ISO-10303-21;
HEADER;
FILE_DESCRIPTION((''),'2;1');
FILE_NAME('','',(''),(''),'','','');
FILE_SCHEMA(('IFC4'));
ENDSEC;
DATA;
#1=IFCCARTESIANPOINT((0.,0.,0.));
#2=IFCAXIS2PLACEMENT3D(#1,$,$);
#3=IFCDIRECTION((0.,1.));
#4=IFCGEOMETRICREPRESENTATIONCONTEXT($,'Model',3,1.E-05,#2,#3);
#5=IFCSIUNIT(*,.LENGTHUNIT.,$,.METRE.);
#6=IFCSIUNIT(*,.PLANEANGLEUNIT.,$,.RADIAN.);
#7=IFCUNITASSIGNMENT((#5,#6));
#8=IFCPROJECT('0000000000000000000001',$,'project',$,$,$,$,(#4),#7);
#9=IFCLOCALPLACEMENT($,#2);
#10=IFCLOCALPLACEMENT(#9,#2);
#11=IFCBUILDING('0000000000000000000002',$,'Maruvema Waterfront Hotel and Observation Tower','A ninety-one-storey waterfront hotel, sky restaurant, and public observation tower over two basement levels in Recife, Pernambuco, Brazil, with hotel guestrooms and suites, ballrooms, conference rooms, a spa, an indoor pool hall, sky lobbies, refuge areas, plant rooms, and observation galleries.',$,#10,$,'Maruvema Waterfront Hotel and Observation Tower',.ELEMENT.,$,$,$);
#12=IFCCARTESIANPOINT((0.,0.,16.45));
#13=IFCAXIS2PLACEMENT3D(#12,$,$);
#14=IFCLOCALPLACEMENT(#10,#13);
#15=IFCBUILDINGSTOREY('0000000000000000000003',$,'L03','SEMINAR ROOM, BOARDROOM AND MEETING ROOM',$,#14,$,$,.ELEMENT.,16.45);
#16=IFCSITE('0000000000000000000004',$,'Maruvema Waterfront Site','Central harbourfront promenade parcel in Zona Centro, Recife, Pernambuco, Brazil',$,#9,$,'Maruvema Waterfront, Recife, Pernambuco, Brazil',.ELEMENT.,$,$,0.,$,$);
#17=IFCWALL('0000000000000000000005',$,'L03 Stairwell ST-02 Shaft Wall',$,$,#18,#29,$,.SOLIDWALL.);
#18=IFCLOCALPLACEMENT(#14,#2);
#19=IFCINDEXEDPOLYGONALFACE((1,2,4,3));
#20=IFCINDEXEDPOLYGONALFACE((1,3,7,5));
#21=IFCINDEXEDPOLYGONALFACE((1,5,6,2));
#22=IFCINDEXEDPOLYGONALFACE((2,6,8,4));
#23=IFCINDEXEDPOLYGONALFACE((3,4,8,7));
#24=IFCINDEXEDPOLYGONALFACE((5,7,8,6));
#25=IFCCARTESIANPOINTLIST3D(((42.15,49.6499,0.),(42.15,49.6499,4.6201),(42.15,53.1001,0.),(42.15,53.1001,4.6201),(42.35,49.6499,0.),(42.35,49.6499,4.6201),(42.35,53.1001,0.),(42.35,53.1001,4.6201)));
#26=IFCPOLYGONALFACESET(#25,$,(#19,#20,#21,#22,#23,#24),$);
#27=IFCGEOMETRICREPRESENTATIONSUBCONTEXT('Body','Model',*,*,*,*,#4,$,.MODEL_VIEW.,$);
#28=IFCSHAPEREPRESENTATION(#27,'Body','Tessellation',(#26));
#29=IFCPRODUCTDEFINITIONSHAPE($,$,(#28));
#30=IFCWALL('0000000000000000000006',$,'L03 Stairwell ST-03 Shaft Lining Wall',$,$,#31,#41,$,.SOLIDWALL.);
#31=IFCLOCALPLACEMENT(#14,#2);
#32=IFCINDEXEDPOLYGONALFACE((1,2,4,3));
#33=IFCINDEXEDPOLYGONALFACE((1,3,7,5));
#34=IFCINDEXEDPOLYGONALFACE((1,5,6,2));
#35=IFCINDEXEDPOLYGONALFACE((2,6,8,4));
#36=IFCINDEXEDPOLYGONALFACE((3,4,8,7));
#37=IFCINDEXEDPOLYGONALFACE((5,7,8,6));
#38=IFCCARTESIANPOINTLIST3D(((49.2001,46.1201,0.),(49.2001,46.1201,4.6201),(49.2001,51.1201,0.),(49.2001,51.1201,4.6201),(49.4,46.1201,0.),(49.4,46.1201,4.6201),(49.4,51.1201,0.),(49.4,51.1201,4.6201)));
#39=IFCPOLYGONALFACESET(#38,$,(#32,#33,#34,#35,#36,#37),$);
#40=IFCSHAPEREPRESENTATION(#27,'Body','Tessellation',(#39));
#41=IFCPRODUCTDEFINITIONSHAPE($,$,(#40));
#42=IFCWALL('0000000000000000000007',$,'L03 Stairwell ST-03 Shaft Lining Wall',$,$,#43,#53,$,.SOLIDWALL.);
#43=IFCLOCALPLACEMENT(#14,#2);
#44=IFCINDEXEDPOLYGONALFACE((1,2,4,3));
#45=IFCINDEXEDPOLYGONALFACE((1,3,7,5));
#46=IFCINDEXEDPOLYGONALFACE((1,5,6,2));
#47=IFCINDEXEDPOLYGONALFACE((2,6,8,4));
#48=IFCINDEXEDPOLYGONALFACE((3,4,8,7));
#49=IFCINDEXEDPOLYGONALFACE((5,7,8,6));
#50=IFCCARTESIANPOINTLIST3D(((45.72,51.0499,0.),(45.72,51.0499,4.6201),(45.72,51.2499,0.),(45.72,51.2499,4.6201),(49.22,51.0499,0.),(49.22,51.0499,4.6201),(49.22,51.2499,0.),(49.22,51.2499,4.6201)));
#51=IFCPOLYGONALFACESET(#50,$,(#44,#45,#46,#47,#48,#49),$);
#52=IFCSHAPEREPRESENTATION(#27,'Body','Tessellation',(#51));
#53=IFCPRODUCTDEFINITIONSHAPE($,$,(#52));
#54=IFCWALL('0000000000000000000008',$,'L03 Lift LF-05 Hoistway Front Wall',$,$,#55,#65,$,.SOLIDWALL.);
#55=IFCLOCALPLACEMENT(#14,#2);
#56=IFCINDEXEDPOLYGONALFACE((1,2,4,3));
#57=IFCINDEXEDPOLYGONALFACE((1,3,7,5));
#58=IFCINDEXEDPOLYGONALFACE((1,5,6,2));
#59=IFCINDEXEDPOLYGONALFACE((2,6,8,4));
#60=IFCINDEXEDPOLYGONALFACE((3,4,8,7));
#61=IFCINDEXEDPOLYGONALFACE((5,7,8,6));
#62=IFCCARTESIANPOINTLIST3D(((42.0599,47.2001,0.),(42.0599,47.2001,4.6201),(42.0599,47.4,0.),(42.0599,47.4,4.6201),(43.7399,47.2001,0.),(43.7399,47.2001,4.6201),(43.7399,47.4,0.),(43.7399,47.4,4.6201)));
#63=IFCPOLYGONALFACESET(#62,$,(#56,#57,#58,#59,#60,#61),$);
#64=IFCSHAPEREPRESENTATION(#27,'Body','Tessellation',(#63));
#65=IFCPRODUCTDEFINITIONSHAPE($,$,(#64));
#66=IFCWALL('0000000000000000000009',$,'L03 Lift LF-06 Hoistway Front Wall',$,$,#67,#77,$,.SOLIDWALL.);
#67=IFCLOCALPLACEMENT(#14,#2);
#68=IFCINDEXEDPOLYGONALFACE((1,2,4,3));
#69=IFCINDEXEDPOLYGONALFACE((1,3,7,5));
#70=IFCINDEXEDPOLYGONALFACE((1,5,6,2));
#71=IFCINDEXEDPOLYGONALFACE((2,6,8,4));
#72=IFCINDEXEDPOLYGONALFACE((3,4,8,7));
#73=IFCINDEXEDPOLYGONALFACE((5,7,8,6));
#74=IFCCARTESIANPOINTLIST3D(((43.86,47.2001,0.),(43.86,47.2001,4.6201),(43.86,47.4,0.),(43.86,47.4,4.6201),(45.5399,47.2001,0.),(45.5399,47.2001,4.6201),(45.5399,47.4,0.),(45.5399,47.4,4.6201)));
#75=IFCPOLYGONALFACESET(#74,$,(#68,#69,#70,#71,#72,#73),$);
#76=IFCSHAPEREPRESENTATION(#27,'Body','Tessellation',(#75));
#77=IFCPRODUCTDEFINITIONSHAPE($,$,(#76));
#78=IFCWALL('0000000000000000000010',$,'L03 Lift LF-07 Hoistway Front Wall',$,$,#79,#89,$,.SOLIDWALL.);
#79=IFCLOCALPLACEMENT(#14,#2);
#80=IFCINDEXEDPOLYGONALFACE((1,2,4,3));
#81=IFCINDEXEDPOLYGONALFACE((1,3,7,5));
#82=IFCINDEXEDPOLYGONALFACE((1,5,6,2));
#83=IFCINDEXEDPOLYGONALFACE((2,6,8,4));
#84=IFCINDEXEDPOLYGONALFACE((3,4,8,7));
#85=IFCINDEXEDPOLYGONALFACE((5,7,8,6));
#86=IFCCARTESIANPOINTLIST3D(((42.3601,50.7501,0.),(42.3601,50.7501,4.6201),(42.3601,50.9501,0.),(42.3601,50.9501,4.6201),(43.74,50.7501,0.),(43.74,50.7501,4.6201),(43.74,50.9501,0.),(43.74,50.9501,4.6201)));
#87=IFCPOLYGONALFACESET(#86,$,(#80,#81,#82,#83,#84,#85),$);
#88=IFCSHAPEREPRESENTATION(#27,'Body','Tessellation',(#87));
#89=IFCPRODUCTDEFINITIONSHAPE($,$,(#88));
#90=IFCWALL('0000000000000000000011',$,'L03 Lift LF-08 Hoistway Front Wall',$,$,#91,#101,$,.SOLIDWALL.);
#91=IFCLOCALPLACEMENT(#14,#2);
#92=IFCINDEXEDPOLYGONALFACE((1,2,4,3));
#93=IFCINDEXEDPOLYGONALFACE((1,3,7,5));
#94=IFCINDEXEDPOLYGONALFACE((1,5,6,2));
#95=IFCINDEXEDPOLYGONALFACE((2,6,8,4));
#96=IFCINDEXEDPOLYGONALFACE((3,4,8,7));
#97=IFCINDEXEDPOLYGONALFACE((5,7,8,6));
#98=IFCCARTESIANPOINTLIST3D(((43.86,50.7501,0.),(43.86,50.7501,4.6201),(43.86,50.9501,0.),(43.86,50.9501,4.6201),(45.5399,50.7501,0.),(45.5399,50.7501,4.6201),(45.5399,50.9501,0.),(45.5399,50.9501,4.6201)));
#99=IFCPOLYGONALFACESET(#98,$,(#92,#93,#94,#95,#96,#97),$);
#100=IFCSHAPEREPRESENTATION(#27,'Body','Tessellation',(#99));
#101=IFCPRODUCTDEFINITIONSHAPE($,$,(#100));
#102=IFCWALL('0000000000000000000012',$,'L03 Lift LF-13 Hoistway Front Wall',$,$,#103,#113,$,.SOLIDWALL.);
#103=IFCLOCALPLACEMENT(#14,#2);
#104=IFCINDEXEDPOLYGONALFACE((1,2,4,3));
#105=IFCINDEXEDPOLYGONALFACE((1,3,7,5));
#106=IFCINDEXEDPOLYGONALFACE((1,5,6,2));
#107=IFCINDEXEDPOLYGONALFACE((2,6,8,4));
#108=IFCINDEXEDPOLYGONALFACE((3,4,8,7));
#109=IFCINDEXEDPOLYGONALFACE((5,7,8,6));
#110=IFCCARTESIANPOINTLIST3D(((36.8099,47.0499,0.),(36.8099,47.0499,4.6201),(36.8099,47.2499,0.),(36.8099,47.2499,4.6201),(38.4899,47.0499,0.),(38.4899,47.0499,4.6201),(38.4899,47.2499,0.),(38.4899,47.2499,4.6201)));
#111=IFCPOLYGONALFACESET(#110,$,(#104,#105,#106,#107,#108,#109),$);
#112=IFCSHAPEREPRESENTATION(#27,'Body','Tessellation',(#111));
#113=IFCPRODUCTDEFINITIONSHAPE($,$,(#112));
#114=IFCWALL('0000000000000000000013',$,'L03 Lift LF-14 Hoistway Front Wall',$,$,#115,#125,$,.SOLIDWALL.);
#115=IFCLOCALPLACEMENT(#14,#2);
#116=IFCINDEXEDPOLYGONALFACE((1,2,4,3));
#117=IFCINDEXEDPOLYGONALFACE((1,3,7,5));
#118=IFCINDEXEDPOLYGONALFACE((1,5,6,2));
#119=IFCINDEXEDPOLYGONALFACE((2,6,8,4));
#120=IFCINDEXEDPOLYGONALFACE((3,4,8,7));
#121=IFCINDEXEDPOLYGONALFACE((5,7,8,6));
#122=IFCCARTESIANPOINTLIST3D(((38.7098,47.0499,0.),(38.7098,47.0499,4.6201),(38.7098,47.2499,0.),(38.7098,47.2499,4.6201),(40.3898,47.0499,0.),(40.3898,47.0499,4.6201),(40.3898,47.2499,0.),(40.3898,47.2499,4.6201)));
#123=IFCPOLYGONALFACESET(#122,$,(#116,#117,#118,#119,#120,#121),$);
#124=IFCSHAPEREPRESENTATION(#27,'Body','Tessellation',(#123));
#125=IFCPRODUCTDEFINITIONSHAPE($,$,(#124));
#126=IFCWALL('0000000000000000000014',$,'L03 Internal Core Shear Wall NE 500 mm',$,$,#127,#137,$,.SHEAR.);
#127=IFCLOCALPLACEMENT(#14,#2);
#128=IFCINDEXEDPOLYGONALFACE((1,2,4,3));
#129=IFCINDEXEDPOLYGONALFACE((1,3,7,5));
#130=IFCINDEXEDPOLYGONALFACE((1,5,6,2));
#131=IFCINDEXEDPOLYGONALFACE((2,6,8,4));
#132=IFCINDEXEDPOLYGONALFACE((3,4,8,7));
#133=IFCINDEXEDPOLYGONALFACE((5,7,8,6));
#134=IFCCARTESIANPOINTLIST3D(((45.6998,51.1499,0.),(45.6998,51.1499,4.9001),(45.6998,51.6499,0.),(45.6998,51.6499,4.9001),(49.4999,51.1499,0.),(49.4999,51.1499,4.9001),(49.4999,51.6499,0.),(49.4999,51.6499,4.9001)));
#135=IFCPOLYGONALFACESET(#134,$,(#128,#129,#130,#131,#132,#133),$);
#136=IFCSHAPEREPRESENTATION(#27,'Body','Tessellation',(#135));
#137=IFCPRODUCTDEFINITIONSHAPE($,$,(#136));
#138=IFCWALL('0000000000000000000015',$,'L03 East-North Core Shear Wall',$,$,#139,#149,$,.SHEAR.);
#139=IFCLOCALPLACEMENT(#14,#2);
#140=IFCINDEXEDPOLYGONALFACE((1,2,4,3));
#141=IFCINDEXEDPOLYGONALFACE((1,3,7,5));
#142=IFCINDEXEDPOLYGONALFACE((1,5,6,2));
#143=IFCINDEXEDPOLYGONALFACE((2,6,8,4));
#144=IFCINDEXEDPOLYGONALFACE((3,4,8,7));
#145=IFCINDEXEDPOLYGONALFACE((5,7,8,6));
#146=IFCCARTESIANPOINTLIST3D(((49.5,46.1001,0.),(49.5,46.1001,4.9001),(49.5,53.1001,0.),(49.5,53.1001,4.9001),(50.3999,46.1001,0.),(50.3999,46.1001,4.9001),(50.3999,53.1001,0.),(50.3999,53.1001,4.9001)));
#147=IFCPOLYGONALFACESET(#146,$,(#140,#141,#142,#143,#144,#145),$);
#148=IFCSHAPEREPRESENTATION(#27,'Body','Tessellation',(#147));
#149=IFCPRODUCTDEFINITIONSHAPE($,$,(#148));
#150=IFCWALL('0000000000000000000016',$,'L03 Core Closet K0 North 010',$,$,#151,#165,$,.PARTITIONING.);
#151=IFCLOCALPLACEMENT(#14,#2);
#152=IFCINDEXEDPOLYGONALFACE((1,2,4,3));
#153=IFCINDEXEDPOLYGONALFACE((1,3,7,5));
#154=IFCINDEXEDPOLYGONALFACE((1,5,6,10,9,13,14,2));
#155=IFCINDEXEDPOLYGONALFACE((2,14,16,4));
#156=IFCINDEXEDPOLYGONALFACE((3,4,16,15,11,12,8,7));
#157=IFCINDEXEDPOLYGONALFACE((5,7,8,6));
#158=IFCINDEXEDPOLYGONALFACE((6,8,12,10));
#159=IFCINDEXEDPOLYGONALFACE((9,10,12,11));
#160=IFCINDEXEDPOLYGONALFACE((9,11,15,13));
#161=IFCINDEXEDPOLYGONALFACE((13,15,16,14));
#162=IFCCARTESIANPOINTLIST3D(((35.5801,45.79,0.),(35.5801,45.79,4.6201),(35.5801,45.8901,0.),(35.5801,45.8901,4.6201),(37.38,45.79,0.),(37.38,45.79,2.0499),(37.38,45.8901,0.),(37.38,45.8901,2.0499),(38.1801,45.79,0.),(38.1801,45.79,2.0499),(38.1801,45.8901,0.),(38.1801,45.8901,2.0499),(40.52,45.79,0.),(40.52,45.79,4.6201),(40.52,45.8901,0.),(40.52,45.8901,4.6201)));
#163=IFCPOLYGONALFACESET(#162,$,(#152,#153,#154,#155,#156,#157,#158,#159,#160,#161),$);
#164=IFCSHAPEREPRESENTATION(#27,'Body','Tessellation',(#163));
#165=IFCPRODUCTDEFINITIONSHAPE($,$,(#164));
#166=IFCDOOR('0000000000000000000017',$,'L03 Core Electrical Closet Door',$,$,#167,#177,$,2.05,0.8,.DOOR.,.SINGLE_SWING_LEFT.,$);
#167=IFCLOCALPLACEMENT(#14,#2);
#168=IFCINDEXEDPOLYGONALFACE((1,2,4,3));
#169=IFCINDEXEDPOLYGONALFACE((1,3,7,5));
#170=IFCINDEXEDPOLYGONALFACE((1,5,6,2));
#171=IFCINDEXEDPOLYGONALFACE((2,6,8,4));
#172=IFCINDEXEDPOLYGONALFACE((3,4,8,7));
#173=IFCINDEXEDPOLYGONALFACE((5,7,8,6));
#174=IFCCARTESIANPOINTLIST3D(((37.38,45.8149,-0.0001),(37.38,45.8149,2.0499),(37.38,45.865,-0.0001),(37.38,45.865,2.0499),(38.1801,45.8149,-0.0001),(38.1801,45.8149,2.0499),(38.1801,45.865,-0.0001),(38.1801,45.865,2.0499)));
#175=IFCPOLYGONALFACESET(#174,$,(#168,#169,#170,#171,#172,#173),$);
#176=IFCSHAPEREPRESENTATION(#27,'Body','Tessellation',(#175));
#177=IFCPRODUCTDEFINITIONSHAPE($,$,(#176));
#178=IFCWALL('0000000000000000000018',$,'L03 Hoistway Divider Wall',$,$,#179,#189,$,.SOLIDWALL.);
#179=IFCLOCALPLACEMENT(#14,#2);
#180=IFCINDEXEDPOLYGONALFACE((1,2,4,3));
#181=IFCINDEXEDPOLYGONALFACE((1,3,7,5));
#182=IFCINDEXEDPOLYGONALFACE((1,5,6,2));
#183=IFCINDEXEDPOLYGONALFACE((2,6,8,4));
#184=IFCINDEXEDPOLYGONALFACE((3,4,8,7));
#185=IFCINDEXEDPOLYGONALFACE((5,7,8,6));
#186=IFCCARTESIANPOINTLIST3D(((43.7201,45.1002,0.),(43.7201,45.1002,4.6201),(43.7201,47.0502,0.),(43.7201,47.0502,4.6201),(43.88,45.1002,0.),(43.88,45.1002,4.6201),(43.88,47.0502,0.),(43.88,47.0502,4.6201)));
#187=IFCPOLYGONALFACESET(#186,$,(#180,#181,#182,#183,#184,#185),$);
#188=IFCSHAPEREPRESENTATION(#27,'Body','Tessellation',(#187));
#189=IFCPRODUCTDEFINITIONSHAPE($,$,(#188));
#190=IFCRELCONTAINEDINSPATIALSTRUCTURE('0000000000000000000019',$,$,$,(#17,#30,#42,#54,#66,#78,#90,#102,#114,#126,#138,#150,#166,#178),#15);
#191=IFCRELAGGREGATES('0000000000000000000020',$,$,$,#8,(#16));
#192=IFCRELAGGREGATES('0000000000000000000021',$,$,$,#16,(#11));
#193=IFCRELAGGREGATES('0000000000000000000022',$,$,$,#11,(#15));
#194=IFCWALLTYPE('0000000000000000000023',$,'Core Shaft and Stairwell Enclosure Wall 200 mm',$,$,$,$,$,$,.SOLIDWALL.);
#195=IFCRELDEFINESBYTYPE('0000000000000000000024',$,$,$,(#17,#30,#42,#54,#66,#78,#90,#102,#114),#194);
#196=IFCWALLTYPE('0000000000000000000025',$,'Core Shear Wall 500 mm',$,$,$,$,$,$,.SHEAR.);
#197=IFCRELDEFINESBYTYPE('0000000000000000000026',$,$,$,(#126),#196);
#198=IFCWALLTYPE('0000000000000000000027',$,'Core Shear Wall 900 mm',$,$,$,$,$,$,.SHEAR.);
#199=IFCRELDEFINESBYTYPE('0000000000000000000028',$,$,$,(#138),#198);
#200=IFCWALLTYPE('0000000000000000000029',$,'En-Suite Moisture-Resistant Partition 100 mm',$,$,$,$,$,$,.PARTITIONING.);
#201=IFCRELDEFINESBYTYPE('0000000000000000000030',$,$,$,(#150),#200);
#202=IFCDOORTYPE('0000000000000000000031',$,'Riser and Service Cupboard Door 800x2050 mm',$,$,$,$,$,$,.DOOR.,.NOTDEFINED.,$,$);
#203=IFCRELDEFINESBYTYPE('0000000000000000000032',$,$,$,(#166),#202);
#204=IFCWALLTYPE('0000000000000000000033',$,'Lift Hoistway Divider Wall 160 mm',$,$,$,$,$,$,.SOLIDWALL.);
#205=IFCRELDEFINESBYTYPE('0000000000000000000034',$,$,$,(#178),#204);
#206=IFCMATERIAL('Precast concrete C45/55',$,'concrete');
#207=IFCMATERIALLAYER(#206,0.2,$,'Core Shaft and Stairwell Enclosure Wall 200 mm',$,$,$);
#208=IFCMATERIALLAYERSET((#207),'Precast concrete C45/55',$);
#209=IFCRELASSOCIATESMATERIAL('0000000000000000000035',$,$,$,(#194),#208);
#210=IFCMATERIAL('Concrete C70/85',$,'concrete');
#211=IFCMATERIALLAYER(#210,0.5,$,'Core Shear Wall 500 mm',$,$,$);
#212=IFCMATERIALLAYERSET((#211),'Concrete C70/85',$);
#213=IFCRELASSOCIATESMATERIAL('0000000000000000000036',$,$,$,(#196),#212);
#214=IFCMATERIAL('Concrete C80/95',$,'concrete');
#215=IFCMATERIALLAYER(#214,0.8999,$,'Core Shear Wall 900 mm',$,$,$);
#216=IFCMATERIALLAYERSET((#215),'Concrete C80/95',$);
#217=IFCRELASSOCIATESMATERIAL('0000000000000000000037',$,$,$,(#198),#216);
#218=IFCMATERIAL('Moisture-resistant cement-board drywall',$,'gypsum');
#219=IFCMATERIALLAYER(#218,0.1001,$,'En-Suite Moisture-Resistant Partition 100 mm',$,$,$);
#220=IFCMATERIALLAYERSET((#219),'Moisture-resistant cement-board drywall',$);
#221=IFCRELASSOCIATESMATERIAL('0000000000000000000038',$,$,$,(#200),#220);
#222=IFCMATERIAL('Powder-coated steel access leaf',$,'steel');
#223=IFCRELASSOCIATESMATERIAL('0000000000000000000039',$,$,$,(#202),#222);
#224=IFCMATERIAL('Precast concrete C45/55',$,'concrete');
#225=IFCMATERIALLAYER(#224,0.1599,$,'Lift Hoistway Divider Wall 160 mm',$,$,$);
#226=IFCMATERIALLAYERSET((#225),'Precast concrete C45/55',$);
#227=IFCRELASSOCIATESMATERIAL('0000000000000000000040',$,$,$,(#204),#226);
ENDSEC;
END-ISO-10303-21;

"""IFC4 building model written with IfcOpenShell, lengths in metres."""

from ifc_helpers import new_model, si_unit, direction, frame, frame_2d, origin, place, context, subcontext, project, spatial, rectangle, extrude, material, layer, layer_set, type_object, element, fill, save


model = new_model("IFC4")

# Units and contexts
model_context = context("Model", 3, precision=1e-05, world=origin(), true_north=direction((0.0, 1.0)))
body_context = subcontext(model_context, "Body", "Model", "MODEL_VIEW")
ifc_project = project(units=[si_unit("LENGTHUNIT", "METRE"), si_unit("PLANEANGLEUNIT", "RADIAN")], contexts=[model_context])

# Site, building, storey
site_placement = place(None, origin())
site = spatial("IfcSite", under=ifc_project, at=site_placement, Name="Maruvema Waterfront Site", Description="Central harbourfront promenade parcel in Zona Centro, Recife, Pernambuco, Brazil", LongName="Maruvema Waterfront, Recife, Pernambuco, Brazil", CompositionType="ELEMENT", RefElevation=0.0)
building_placement = place(site_placement, origin())
building = spatial("IfcBuilding", under=site, at=building_placement, Name="Maruvema Waterfront Hotel and Observation Tower", Description="A ninety-one-storey waterfront hotel, sky restaurant, and public observation tower over two basement levels in Recife, Pernambuco, Brazil, with hotel guestrooms and suites, ballrooms, conference rooms, a spa, an indoor pool hall, sky lobbies, refuge areas, plant rooms, and observation galleries.", LongName="Maruvema Waterfront Hotel and Observation Tower", CompositionType="ELEMENT")
storey_placement = place(building_placement, frame((0.0, 0.0, 16.45)))
storey = spatial("IfcBuildingStorey", under=building, at=storey_placement, Name="L03", Description="SEMINAR ROOM, BOARDROOM AND MEETING ROOM", CompositionType="ELEMENT", Elevation=16.45)

# Walls
ifc_material_1 = material(Name="Precast concrete C45/55", Category="concrete")
ifc_layer_1 = layer(ifc_material_1, 0.2, Name="Core Shaft and Stairwell Enclosure Wall 200 mm")
ifc_layer_set_1 = layer_set([ifc_layer_1], Name="Precast concrete C45/55")
wall_type_1 = type_object("IfcWallType", Name="Core Shaft and Stairwell Enclosure Wall 200 mm", PredefinedType="SOLIDWALL", material=ifc_layer_set_1)
wall_1_placement = place(storey_placement, frame((42.25, 49.6499, 0.0), z_axis=(0.0, 0.0, 1.0), x_axis=(0.0, 1.0, 0.0)))
element("IfcWall", 1, at=wall_1_placement, inside=storey, type_object=wall_type_1, Name="L03 Stairwell ST-02 Shaft Wall", PredefinedType="SOLIDWALL", context=body_context, shape_type="SweptSolid", body=[
    extrude(rectangle(XDim=3.4502, YDim=0.2, at=frame_2d((1.7251, 0.0))), origin(), (0.0, 0.0, 1.0), 4.6201),
])
wall_2_placement = place(storey_placement, frame((49.3, 46.1201, 0.0), z_axis=(0.0, 0.0, 1.0), x_axis=(0.0, 1.0, 0.0)))
element("IfcWall", 2, at=wall_2_placement, inside=storey, type_object=wall_type_1, Name="L03 Stairwell ST-03 Shaft Lining Wall", PredefinedType="SOLIDWALL", context=body_context, shape_type="SweptSolid", body=[
    extrude(rectangle(XDim=5.0, YDim=0.2, at=frame_2d((2.5, 0.0))), origin(), (0.0, 0.0, 1.0), 4.6201),
])
wall_3_placement = place(storey_placement, frame((45.72, 51.1499, 0.0), z_axis=(0.0, 0.0, 1.0), x_axis=(1.0, 0.0, 0.0)))
element("IfcWall", 3, at=wall_3_placement, inside=storey, type_object=wall_type_1, Name="L03 Stairwell ST-03 Shaft Lining Wall", PredefinedType="SOLIDWALL", context=body_context, shape_type="SweptSolid", body=[
    extrude(rectangle(XDim=3.5, YDim=0.2, at=frame_2d((1.75, 0.0))), origin(), (0.0, 0.0, 1.0), 4.6201),
])
for number, where, z_axis, x_axis, name in (
    (4, (42.0601, 47.3, 0.0), (0.0, 0.0, 1.0), (1.0, 0.0, 0.0), "L03 Lift LF-05 Hoistway Front Wall"),
    (5, (43.8601, 47.3, 0.0), (0.0, 0.0, 1.0), (1.0, 0.0, 0.0), "L03 Lift LF-06 Hoistway Front Wall"),
):
    element("IfcWall", number, at=place(storey_placement, frame(where, z_axis=z_axis, x_axis=x_axis)), inside=storey, type_object=wall_type_1, Name=name, PredefinedType="SOLIDWALL", context=body_context, shape_type="SweptSolid", body=[
        extrude(rectangle(XDim=1.6799, YDim=0.2, at=frame_2d((0.8398, 0.0))), origin(), (0.0, 0.0, 1.0), 4.6201),
    ])
wall_4_placement = place(storey_placement, frame((42.3601, 50.8501, 0.0), z_axis=(0.0, 0.0, 1.0), x_axis=(1.0, 0.0, 0.0)))
element("IfcWall", 6, at=wall_4_placement, inside=storey, type_object=wall_type_1, Name="L03 Lift LF-07 Hoistway Front Wall", PredefinedType="SOLIDWALL", context=body_context, shape_type="SweptSolid", body=[
    extrude(rectangle(XDim=1.3799, YDim=0.2, at=frame_2d((0.6899, 0.0))), origin(), (0.0, 0.0, 1.0), 4.6201),
])
for number, where, z_axis, x_axis, name in (
    (7, (43.8601, 50.8501, 0.0), (0.0, 0.0, 1.0), (1.0, 0.0, 0.0), "L03 Lift LF-08 Hoistway Front Wall"),
    (8, (36.8101, 47.1499, 0.0), (0.0, 0.0, 1.0), (1.0, 0.0, 0.0), "L03 Lift LF-13 Hoistway Front Wall"),
    (9, (38.71, 47.1499, 0.0), (0.0, 0.0, 1.0), (1.0, 0.0, 0.0), "L03 Lift LF-14 Hoistway Front Wall"),
):
    element("IfcWall", number, at=place(storey_placement, frame(where, z_axis=z_axis, x_axis=x_axis)), inside=storey, type_object=wall_type_1, Name=name, PredefinedType="SOLIDWALL", context=body_context, shape_type="SweptSolid", body=[
        extrude(rectangle(XDim=1.6799, YDim=0.2, at=frame_2d((0.8398, 0.0))), origin(), (0.0, 0.0, 1.0), 4.6201),
    ])
ifc_material_2 = material(Name="Concrete C70/85", Category="concrete")
ifc_layer_2 = layer(ifc_material_2, 0.5, Name="Core Shear Wall 500 mm")
ifc_layer_set_2 = layer_set([ifc_layer_2], Name="Concrete C70/85")
wall_type_2 = type_object("IfcWallType", Name="Core Shear Wall 500 mm", PredefinedType="SHEAR", material=ifc_layer_set_2)
wall_5_placement = place(storey_placement, frame((45.7, 51.3999, 0.0), z_axis=(0.0, 0.0, 1.0), x_axis=(1.0, 0.0, 0.0)))
element("IfcWall", 10, at=wall_5_placement, inside=storey, type_object=wall_type_2, Name="L03 Internal Core Shear Wall NE 500 mm", PredefinedType="SHEAR", context=body_context, shape_type="SweptSolid", body=[
    extrude(rectangle(XDim=3.8, YDim=0.5, at=frame_2d((1.8999, 0.0))), origin(), (0.0, 0.0, 1.0), 4.9001),
])
ifc_material_3 = material(Name="Concrete C80/95", Category="concrete")
ifc_layer_3 = layer(ifc_material_3, 0.8999, Name="Core Shear Wall 900 mm")
ifc_layer_set_3 = layer_set([ifc_layer_3], Name="Concrete C80/95")
wall_type_3 = type_object("IfcWallType", Name="Core Shear Wall 900 mm", PredefinedType="SHEAR", material=ifc_layer_set_3)
wall_6_placement = place(storey_placement, frame((49.95, 46.1001, 0.0), z_axis=(0.0, 0.0, 1.0), x_axis=(0.0, 1.0, 0.0)))
element("IfcWall", 11, at=wall_6_placement, inside=storey, type_object=wall_type_3, Name="L03 East-North Core Shear Wall", PredefinedType="SHEAR", context=body_context, shape_type="SweptSolid", body=[
    extrude(rectangle(XDim=7.0, YDim=0.8999, at=frame_2d((3.5, 0.0))), origin(), (0.0, 0.0, 1.0), 4.9001),
])

# Wall, opening, door
ifc_material_4 = material(Name="Moisture-resistant cement-board drywall", Category="gypsum")
ifc_layer_4 = layer(ifc_material_4, 0.1001, Name="En-Suite Moisture-Resistant Partition 100 mm")
ifc_layer_set_4 = layer_set([ifc_layer_4], Name="Moisture-resistant cement-board drywall")
wall_type_4 = type_object("IfcWallType", Name="En-Suite Moisture-Resistant Partition 100 mm", PredefinedType="PARTITIONING", material=ifc_layer_set_4)
wall_7_placement = place(storey_placement, frame((35.5801, 45.8401, 0.0), z_axis=(0.0, 0.0, 1.0), x_axis=(1.0, 0.0, 0.0)))
wall_7 = element("IfcWall", 12, at=wall_7_placement, inside=storey, type_object=wall_type_4, Name="L03 Core Closet K0 North 010", PredefinedType="PARTITIONING", context=body_context, shape_type="SweptSolid", body=[
    extrude(rectangle(XDim=4.9399, YDim=0.1001, at=frame_2d((2.47, 0.0))), origin(), (0.0, 0.0, 1.0), 4.6201),
])
opening_placement = place(wall_7_placement, frame((1.8, 0.0, 0.0)))
opening = element("IfcOpeningElement", 13, at=opening_placement, cuts=wall_7, PredefinedType="OPENING", context=body_context, shape_type="SweptSolid", body=[
    extrude(rectangle(XDim=0.8, YDim=2.05, at=frame_2d((0.3999, 1.0249))), frame((0.0, 0.0601, 0.0), z_axis=(0.0, -1.0, 0.0), x_axis=(1.0, 0.0, 0.0)), (0.0, 0.0, 1.0), 0.1201),
])
ifc_material_5 = material(Name="Powder-coated steel access leaf", Category="steel")
door_type = type_object("IfcDoorType", Name="Riser and Service Cupboard Door 800x2050 mm", OperationType="NOTDEFINED", PredefinedType="DOOR", material=ifc_material_5)
door_placement = place(opening_placement, origin())
door = element("IfcDoor", 14, at=door_placement, inside=storey, type_object=door_type, Name="L03 Core Electrical Closet Door", OperationType="SINGLE_SWING_LEFT", OverallHeight=2.05, OverallWidth=0.8, PredefinedType="DOOR", context=body_context, shape_type="SweptSolid", body=[
    extrude(rectangle(XDim=0.8, YDim=2.05, at=frame_2d((0.3999, 1.0249))), frame((0.0, 0.0249, 0.0), z_axis=(0.0, -1.0, 0.0), x_axis=(1.0, 0.0, 0.0)), (0.0, 0.0, 1.0), 0.05),
])
fill(opening, door)

# Wall
ifc_material_6 = material(Name="Precast concrete C45/55", Category="concrete")
ifc_layer_5 = layer(ifc_material_6, 0.1599, Name="Lift Hoistway Divider Wall 160 mm")
ifc_layer_set_5 = layer_set([ifc_layer_5], Name="Precast concrete C45/55")
wall_type_5 = type_object("IfcWallType", Name="Lift Hoistway Divider Wall 160 mm", PredefinedType="SOLIDWALL", material=ifc_layer_set_5)
wall_8_placement = place(storey_placement, frame((43.8, 45.1001, 0.0), z_axis=(0.0, 0.0, 1.0), x_axis=(0.0, 1.0, 0.0)))
element("IfcWall", 15, at=wall_8_placement, inside=storey, type_object=wall_type_5, Name="L03 Hoistway Divider Wall", PredefinedType="SOLIDWALL", context=body_context, shape_type="SweptSolid", body=[
    extrude(rectangle(XDim=1.95, YDim=0.1599, at=frame_2d((0.9751, 0.0))), origin(), (0.0, 0.0, 1.0), 4.6201),
])

save(model, "model.ifc")
